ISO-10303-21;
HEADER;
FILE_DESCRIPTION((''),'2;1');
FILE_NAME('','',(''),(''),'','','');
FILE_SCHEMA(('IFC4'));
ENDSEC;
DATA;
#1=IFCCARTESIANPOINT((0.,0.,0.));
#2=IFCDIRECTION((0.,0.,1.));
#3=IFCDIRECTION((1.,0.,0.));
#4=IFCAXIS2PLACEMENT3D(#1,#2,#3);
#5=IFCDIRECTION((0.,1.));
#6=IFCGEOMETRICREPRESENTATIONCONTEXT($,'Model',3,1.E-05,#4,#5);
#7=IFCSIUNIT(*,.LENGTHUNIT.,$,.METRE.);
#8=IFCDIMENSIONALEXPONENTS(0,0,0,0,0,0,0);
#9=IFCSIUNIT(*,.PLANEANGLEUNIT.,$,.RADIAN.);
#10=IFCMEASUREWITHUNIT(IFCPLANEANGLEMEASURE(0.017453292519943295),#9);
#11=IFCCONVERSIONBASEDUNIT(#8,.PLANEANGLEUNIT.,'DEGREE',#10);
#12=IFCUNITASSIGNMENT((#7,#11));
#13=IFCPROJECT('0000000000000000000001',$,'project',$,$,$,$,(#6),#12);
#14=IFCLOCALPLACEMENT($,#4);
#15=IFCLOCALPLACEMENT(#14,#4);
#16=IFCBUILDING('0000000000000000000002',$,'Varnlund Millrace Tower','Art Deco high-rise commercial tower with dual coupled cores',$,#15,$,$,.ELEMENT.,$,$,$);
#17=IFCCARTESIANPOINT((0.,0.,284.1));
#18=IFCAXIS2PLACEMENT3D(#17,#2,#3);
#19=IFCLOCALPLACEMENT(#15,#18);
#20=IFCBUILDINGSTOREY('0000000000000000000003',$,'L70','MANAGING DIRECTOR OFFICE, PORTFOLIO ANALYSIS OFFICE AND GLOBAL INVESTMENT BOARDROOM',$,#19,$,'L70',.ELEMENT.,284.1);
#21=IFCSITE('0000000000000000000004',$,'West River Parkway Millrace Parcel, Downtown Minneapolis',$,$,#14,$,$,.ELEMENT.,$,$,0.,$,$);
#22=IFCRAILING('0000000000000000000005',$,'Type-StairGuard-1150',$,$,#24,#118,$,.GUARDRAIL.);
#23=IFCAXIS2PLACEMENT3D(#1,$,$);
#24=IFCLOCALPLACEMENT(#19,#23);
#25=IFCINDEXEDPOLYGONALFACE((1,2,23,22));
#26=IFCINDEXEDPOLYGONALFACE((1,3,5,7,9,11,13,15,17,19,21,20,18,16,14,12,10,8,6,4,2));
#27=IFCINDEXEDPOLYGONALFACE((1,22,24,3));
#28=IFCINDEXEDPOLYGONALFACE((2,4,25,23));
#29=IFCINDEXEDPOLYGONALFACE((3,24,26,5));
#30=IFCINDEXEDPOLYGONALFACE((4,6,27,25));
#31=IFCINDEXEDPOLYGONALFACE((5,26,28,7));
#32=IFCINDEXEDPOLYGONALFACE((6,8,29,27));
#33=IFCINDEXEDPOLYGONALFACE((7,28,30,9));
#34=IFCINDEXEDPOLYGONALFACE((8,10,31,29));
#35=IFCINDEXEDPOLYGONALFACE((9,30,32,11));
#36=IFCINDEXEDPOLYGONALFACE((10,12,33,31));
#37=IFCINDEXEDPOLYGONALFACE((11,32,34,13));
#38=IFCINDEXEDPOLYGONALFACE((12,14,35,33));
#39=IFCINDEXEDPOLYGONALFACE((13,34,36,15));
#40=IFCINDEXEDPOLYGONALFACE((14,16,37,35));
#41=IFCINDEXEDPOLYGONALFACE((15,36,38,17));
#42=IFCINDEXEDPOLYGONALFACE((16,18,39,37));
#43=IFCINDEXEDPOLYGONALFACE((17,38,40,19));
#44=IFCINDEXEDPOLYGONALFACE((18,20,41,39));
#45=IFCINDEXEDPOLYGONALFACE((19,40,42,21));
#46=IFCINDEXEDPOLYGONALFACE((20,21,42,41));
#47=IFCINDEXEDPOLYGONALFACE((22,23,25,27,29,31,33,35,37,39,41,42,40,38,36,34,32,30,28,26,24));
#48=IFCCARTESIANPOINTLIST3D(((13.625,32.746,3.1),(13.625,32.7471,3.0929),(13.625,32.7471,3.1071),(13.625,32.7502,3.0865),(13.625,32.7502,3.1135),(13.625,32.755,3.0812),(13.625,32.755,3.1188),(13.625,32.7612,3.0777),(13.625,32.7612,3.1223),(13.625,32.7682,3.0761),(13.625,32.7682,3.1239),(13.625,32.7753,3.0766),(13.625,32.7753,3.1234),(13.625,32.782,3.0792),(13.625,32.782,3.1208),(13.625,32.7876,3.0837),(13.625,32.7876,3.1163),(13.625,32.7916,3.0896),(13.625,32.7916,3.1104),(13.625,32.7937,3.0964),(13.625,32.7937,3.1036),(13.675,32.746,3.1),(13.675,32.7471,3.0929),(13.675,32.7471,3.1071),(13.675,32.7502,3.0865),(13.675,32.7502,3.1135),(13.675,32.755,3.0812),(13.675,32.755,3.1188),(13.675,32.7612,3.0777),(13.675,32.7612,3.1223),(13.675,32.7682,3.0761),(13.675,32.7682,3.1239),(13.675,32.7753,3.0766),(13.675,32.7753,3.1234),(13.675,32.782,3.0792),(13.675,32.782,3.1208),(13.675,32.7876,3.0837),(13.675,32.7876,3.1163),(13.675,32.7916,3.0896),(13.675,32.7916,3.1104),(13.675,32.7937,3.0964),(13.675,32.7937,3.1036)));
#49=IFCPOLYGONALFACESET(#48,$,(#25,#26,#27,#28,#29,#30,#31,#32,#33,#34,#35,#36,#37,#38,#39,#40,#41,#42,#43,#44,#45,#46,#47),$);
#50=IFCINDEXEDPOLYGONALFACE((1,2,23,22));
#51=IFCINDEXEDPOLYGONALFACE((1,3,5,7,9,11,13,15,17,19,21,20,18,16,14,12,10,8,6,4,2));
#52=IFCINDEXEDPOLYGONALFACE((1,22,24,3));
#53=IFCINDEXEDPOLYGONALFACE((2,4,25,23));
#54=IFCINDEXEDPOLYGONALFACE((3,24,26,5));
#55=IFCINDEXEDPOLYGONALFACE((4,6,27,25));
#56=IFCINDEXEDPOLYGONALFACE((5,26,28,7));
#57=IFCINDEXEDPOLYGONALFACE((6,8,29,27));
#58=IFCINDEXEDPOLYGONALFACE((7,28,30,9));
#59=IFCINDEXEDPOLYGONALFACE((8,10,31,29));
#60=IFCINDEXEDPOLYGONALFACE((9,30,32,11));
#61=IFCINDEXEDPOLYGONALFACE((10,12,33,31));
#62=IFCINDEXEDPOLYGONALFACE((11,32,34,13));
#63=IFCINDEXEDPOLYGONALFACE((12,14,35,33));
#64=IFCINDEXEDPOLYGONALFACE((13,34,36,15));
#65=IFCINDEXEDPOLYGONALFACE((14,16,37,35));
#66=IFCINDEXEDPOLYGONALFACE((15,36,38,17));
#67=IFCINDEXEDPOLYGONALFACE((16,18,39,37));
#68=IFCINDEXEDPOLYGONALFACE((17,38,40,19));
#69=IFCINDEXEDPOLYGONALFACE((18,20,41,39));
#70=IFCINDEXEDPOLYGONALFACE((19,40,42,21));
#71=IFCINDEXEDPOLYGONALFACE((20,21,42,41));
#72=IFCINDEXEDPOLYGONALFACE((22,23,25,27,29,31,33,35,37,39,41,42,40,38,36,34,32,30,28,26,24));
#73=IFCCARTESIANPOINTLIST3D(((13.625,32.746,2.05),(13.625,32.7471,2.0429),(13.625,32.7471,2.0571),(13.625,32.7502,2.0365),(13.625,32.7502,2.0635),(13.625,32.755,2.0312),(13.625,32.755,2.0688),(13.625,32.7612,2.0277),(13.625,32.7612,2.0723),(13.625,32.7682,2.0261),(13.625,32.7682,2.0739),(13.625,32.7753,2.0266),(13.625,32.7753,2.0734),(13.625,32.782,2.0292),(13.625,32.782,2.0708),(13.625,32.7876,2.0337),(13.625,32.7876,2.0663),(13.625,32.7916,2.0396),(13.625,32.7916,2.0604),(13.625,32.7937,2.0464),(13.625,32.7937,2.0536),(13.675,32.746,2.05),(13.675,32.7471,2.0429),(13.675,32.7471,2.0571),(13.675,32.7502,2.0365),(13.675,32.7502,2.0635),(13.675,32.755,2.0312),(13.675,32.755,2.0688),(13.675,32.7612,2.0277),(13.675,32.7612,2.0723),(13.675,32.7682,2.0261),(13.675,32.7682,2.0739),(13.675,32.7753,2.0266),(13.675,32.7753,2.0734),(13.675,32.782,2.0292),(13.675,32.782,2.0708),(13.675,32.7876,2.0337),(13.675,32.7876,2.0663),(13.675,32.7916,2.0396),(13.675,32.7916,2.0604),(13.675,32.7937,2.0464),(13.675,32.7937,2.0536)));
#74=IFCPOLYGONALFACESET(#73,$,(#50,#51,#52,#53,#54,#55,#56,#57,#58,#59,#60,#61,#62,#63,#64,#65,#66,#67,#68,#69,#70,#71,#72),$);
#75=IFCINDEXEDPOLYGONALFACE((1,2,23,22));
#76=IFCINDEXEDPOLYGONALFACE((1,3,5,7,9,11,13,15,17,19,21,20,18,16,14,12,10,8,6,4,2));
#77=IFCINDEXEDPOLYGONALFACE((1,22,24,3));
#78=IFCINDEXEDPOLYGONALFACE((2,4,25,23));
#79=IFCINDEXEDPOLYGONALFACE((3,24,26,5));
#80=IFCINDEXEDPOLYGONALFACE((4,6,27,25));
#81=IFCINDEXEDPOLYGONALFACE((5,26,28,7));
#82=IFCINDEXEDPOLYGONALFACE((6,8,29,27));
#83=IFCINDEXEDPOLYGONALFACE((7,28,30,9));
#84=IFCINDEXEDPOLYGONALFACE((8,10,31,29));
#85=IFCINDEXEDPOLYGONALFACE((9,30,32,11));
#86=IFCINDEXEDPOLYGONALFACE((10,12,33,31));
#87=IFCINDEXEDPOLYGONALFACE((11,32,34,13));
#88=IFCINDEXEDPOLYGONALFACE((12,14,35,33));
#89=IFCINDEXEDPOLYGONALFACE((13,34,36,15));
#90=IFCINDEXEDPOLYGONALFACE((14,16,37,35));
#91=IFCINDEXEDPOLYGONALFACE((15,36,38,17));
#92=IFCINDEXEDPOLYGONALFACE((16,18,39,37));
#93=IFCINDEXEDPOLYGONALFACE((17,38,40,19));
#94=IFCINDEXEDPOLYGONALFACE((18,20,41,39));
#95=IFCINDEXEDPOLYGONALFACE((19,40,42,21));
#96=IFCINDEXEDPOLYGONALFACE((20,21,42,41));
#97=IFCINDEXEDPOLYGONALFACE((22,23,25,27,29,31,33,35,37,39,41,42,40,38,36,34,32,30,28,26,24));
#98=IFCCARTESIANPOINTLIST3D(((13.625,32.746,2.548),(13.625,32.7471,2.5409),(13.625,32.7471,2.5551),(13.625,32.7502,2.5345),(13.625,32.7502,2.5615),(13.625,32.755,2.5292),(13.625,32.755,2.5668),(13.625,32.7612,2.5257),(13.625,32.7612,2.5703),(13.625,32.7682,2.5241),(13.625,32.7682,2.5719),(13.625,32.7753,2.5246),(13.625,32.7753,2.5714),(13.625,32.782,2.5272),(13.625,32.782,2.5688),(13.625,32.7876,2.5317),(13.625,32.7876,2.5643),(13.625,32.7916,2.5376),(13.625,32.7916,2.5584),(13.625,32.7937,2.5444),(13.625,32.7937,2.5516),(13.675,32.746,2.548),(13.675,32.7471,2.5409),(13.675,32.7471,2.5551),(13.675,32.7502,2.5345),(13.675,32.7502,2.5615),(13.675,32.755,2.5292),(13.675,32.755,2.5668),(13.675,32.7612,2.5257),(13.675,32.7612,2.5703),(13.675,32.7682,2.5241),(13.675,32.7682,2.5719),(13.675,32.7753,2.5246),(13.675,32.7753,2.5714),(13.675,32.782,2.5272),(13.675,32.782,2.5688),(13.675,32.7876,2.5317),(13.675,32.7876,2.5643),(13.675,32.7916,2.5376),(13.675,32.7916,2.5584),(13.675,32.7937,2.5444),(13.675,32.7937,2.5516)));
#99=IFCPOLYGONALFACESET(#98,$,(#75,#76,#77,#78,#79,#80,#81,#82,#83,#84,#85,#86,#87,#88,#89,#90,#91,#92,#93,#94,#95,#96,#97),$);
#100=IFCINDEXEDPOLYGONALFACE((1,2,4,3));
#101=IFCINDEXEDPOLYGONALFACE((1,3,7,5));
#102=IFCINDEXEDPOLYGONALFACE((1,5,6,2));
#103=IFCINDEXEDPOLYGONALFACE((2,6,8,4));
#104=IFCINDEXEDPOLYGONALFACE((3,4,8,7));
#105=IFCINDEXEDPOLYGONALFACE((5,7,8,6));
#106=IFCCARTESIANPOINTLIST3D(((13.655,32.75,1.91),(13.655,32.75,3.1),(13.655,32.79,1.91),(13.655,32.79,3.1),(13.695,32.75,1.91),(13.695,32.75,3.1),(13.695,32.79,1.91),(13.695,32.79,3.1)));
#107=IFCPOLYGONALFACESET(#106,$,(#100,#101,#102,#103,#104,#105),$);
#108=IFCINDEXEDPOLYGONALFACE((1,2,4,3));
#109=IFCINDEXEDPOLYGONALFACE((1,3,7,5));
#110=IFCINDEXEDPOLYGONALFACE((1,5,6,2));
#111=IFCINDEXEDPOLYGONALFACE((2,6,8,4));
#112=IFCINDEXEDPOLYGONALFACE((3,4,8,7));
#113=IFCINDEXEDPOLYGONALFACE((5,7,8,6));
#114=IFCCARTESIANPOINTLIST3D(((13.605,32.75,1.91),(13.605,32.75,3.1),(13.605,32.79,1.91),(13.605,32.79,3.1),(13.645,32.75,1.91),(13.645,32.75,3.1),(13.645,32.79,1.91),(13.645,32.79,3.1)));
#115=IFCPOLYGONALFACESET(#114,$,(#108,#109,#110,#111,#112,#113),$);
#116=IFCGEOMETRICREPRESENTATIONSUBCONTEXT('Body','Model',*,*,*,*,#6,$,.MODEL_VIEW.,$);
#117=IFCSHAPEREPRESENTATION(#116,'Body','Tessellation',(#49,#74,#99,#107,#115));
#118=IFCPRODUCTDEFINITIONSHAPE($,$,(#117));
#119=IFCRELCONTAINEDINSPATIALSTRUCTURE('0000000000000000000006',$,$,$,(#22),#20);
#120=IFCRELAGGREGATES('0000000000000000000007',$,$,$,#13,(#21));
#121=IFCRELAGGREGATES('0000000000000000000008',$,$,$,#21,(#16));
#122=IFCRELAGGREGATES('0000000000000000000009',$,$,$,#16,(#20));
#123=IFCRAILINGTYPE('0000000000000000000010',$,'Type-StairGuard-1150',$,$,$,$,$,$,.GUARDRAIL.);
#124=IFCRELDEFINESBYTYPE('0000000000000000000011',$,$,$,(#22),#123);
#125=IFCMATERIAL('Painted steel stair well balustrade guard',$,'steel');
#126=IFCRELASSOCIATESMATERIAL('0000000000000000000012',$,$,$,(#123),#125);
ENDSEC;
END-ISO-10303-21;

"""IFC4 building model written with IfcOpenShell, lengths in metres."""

from ifc_helpers import new_model, entity, si_unit, converted_unit, direction, frame, origin_with_axes, origin_2d_with_axis, place, context, subcontext, project, spatial, rectangle, circle, extrude, material, type_object, element, save


model = new_model("IFC4")

# Units and contexts
model_context = context("Model", 3, precision=1e-05, world=origin_with_axes(), true_north=direction((0.0, 1.0)))
body_context = subcontext(model_context, "Body", "Model", "MODEL_VIEW")
ifc_project = project(units=[si_unit("LENGTHUNIT", "METRE"), converted_unit("PLANEANGLEUNIT", "DEGREE", entity("IfcPlaneAngleMeasure", 0.017453292519943295), si_unit("PLANEANGLEUNIT", "RADIAN"), dimensions=[0, 0, 0, 0, 0, 0, 0])], contexts=[model_context])

# Site, building, storey
site_placement = place(None, origin_with_axes())
site = spatial("IfcSite", under=ifc_project, at=site_placement, Name="West River Parkway Millrace Parcel, Downtown Minneapolis", CompositionType="ELEMENT", RefElevation=0.0)
building_placement = place(site_placement, origin_with_axes())
building = spatial("IfcBuilding", under=site, at=building_placement, Name="Varnlund Millrace Tower", Description="Art Deco high-rise commercial tower with dual coupled cores", CompositionType="ELEMENT")
storey_placement = place(building_placement, frame((0.0, 0.0, 284.1), z_axis=(0.0, 0.0, 1.0), x_axis=(1.0, 0.0, 0.0)))
storey = spatial("IfcBuildingStorey", under=building, at=storey_placement, Name="L70", Description="MANAGING DIRECTOR OFFICE, PORTFOLIO ANALYSIS OFFICE AND GLOBAL INVESTMENT BOARDROOM", LongName="L70", CompositionType="ELEMENT", Elevation=284.1)

# Railing
ifc_material_1 = material(Name="Painted steel stair well balustrade guard", Category="steel")
railing_type_1 = type_object("IfcRailingType", Name="Type-StairGuard-1150", PredefinedType="GUARDRAIL", material=ifc_material_1)
railing_1_placement = place(storey_placement, frame((0.0, 0.0, -284.1), z_axis=(0.0, 0.0, 1.0), x_axis=(1.0, 0.0, 0.0)))
element("IfcRailing", 1, at=railing_1_placement, inside=storey, type_object=railing_type_1, Name="Type-StairGuard-1150", PredefinedType="GUARDRAIL", context=body_context, shape_type="SweptSolid", body=[
    extrude(circle(Radius=0.024, at=origin_2d_with_axis()), frame((13.675, 32.77, 287.2), z_axis=(-1.0, 0.0, 0.0), x_axis=(0.0, -1.0, 0.0)), (0.0, 0.0, 1.0), 0.05),
    extrude(circle(Radius=0.024, at=origin_2d_with_axis()), frame((13.675, 32.77, 286.15), z_axis=(-1.0, 0.0, 0.0), x_axis=(0.0, -1.0, 0.0)), (0.0, 0.0, 1.0), 0.05),
    extrude(circle(Radius=0.024, at=origin_2d_with_axis()), frame((13.675, 32.77, 286.648), z_axis=(-1.0, 0.0, 0.0), x_axis=(0.0, -1.0, 0.0)), (0.0, 0.0, 1.0), 0.05),
    extrude(rectangle(XDim=0.04, YDim=0.04, at=origin_2d_with_axis()), frame((13.675, 32.77, 286.01), z_axis=(0.0, 0.0, 1.0), x_axis=(1.0, 0.0, 0.0)), (0.0, 0.0, 1.0), 1.19),
    extrude(rectangle(XDim=0.04, YDim=0.04, at=origin_2d_with_axis()), frame((13.625, 32.77, 286.01), z_axis=(0.0, 0.0, 1.0), x_axis=(1.0, 0.0, 0.0)), (0.0, 0.0, 1.0), 1.19),
])

save(model, "model.ifc")
